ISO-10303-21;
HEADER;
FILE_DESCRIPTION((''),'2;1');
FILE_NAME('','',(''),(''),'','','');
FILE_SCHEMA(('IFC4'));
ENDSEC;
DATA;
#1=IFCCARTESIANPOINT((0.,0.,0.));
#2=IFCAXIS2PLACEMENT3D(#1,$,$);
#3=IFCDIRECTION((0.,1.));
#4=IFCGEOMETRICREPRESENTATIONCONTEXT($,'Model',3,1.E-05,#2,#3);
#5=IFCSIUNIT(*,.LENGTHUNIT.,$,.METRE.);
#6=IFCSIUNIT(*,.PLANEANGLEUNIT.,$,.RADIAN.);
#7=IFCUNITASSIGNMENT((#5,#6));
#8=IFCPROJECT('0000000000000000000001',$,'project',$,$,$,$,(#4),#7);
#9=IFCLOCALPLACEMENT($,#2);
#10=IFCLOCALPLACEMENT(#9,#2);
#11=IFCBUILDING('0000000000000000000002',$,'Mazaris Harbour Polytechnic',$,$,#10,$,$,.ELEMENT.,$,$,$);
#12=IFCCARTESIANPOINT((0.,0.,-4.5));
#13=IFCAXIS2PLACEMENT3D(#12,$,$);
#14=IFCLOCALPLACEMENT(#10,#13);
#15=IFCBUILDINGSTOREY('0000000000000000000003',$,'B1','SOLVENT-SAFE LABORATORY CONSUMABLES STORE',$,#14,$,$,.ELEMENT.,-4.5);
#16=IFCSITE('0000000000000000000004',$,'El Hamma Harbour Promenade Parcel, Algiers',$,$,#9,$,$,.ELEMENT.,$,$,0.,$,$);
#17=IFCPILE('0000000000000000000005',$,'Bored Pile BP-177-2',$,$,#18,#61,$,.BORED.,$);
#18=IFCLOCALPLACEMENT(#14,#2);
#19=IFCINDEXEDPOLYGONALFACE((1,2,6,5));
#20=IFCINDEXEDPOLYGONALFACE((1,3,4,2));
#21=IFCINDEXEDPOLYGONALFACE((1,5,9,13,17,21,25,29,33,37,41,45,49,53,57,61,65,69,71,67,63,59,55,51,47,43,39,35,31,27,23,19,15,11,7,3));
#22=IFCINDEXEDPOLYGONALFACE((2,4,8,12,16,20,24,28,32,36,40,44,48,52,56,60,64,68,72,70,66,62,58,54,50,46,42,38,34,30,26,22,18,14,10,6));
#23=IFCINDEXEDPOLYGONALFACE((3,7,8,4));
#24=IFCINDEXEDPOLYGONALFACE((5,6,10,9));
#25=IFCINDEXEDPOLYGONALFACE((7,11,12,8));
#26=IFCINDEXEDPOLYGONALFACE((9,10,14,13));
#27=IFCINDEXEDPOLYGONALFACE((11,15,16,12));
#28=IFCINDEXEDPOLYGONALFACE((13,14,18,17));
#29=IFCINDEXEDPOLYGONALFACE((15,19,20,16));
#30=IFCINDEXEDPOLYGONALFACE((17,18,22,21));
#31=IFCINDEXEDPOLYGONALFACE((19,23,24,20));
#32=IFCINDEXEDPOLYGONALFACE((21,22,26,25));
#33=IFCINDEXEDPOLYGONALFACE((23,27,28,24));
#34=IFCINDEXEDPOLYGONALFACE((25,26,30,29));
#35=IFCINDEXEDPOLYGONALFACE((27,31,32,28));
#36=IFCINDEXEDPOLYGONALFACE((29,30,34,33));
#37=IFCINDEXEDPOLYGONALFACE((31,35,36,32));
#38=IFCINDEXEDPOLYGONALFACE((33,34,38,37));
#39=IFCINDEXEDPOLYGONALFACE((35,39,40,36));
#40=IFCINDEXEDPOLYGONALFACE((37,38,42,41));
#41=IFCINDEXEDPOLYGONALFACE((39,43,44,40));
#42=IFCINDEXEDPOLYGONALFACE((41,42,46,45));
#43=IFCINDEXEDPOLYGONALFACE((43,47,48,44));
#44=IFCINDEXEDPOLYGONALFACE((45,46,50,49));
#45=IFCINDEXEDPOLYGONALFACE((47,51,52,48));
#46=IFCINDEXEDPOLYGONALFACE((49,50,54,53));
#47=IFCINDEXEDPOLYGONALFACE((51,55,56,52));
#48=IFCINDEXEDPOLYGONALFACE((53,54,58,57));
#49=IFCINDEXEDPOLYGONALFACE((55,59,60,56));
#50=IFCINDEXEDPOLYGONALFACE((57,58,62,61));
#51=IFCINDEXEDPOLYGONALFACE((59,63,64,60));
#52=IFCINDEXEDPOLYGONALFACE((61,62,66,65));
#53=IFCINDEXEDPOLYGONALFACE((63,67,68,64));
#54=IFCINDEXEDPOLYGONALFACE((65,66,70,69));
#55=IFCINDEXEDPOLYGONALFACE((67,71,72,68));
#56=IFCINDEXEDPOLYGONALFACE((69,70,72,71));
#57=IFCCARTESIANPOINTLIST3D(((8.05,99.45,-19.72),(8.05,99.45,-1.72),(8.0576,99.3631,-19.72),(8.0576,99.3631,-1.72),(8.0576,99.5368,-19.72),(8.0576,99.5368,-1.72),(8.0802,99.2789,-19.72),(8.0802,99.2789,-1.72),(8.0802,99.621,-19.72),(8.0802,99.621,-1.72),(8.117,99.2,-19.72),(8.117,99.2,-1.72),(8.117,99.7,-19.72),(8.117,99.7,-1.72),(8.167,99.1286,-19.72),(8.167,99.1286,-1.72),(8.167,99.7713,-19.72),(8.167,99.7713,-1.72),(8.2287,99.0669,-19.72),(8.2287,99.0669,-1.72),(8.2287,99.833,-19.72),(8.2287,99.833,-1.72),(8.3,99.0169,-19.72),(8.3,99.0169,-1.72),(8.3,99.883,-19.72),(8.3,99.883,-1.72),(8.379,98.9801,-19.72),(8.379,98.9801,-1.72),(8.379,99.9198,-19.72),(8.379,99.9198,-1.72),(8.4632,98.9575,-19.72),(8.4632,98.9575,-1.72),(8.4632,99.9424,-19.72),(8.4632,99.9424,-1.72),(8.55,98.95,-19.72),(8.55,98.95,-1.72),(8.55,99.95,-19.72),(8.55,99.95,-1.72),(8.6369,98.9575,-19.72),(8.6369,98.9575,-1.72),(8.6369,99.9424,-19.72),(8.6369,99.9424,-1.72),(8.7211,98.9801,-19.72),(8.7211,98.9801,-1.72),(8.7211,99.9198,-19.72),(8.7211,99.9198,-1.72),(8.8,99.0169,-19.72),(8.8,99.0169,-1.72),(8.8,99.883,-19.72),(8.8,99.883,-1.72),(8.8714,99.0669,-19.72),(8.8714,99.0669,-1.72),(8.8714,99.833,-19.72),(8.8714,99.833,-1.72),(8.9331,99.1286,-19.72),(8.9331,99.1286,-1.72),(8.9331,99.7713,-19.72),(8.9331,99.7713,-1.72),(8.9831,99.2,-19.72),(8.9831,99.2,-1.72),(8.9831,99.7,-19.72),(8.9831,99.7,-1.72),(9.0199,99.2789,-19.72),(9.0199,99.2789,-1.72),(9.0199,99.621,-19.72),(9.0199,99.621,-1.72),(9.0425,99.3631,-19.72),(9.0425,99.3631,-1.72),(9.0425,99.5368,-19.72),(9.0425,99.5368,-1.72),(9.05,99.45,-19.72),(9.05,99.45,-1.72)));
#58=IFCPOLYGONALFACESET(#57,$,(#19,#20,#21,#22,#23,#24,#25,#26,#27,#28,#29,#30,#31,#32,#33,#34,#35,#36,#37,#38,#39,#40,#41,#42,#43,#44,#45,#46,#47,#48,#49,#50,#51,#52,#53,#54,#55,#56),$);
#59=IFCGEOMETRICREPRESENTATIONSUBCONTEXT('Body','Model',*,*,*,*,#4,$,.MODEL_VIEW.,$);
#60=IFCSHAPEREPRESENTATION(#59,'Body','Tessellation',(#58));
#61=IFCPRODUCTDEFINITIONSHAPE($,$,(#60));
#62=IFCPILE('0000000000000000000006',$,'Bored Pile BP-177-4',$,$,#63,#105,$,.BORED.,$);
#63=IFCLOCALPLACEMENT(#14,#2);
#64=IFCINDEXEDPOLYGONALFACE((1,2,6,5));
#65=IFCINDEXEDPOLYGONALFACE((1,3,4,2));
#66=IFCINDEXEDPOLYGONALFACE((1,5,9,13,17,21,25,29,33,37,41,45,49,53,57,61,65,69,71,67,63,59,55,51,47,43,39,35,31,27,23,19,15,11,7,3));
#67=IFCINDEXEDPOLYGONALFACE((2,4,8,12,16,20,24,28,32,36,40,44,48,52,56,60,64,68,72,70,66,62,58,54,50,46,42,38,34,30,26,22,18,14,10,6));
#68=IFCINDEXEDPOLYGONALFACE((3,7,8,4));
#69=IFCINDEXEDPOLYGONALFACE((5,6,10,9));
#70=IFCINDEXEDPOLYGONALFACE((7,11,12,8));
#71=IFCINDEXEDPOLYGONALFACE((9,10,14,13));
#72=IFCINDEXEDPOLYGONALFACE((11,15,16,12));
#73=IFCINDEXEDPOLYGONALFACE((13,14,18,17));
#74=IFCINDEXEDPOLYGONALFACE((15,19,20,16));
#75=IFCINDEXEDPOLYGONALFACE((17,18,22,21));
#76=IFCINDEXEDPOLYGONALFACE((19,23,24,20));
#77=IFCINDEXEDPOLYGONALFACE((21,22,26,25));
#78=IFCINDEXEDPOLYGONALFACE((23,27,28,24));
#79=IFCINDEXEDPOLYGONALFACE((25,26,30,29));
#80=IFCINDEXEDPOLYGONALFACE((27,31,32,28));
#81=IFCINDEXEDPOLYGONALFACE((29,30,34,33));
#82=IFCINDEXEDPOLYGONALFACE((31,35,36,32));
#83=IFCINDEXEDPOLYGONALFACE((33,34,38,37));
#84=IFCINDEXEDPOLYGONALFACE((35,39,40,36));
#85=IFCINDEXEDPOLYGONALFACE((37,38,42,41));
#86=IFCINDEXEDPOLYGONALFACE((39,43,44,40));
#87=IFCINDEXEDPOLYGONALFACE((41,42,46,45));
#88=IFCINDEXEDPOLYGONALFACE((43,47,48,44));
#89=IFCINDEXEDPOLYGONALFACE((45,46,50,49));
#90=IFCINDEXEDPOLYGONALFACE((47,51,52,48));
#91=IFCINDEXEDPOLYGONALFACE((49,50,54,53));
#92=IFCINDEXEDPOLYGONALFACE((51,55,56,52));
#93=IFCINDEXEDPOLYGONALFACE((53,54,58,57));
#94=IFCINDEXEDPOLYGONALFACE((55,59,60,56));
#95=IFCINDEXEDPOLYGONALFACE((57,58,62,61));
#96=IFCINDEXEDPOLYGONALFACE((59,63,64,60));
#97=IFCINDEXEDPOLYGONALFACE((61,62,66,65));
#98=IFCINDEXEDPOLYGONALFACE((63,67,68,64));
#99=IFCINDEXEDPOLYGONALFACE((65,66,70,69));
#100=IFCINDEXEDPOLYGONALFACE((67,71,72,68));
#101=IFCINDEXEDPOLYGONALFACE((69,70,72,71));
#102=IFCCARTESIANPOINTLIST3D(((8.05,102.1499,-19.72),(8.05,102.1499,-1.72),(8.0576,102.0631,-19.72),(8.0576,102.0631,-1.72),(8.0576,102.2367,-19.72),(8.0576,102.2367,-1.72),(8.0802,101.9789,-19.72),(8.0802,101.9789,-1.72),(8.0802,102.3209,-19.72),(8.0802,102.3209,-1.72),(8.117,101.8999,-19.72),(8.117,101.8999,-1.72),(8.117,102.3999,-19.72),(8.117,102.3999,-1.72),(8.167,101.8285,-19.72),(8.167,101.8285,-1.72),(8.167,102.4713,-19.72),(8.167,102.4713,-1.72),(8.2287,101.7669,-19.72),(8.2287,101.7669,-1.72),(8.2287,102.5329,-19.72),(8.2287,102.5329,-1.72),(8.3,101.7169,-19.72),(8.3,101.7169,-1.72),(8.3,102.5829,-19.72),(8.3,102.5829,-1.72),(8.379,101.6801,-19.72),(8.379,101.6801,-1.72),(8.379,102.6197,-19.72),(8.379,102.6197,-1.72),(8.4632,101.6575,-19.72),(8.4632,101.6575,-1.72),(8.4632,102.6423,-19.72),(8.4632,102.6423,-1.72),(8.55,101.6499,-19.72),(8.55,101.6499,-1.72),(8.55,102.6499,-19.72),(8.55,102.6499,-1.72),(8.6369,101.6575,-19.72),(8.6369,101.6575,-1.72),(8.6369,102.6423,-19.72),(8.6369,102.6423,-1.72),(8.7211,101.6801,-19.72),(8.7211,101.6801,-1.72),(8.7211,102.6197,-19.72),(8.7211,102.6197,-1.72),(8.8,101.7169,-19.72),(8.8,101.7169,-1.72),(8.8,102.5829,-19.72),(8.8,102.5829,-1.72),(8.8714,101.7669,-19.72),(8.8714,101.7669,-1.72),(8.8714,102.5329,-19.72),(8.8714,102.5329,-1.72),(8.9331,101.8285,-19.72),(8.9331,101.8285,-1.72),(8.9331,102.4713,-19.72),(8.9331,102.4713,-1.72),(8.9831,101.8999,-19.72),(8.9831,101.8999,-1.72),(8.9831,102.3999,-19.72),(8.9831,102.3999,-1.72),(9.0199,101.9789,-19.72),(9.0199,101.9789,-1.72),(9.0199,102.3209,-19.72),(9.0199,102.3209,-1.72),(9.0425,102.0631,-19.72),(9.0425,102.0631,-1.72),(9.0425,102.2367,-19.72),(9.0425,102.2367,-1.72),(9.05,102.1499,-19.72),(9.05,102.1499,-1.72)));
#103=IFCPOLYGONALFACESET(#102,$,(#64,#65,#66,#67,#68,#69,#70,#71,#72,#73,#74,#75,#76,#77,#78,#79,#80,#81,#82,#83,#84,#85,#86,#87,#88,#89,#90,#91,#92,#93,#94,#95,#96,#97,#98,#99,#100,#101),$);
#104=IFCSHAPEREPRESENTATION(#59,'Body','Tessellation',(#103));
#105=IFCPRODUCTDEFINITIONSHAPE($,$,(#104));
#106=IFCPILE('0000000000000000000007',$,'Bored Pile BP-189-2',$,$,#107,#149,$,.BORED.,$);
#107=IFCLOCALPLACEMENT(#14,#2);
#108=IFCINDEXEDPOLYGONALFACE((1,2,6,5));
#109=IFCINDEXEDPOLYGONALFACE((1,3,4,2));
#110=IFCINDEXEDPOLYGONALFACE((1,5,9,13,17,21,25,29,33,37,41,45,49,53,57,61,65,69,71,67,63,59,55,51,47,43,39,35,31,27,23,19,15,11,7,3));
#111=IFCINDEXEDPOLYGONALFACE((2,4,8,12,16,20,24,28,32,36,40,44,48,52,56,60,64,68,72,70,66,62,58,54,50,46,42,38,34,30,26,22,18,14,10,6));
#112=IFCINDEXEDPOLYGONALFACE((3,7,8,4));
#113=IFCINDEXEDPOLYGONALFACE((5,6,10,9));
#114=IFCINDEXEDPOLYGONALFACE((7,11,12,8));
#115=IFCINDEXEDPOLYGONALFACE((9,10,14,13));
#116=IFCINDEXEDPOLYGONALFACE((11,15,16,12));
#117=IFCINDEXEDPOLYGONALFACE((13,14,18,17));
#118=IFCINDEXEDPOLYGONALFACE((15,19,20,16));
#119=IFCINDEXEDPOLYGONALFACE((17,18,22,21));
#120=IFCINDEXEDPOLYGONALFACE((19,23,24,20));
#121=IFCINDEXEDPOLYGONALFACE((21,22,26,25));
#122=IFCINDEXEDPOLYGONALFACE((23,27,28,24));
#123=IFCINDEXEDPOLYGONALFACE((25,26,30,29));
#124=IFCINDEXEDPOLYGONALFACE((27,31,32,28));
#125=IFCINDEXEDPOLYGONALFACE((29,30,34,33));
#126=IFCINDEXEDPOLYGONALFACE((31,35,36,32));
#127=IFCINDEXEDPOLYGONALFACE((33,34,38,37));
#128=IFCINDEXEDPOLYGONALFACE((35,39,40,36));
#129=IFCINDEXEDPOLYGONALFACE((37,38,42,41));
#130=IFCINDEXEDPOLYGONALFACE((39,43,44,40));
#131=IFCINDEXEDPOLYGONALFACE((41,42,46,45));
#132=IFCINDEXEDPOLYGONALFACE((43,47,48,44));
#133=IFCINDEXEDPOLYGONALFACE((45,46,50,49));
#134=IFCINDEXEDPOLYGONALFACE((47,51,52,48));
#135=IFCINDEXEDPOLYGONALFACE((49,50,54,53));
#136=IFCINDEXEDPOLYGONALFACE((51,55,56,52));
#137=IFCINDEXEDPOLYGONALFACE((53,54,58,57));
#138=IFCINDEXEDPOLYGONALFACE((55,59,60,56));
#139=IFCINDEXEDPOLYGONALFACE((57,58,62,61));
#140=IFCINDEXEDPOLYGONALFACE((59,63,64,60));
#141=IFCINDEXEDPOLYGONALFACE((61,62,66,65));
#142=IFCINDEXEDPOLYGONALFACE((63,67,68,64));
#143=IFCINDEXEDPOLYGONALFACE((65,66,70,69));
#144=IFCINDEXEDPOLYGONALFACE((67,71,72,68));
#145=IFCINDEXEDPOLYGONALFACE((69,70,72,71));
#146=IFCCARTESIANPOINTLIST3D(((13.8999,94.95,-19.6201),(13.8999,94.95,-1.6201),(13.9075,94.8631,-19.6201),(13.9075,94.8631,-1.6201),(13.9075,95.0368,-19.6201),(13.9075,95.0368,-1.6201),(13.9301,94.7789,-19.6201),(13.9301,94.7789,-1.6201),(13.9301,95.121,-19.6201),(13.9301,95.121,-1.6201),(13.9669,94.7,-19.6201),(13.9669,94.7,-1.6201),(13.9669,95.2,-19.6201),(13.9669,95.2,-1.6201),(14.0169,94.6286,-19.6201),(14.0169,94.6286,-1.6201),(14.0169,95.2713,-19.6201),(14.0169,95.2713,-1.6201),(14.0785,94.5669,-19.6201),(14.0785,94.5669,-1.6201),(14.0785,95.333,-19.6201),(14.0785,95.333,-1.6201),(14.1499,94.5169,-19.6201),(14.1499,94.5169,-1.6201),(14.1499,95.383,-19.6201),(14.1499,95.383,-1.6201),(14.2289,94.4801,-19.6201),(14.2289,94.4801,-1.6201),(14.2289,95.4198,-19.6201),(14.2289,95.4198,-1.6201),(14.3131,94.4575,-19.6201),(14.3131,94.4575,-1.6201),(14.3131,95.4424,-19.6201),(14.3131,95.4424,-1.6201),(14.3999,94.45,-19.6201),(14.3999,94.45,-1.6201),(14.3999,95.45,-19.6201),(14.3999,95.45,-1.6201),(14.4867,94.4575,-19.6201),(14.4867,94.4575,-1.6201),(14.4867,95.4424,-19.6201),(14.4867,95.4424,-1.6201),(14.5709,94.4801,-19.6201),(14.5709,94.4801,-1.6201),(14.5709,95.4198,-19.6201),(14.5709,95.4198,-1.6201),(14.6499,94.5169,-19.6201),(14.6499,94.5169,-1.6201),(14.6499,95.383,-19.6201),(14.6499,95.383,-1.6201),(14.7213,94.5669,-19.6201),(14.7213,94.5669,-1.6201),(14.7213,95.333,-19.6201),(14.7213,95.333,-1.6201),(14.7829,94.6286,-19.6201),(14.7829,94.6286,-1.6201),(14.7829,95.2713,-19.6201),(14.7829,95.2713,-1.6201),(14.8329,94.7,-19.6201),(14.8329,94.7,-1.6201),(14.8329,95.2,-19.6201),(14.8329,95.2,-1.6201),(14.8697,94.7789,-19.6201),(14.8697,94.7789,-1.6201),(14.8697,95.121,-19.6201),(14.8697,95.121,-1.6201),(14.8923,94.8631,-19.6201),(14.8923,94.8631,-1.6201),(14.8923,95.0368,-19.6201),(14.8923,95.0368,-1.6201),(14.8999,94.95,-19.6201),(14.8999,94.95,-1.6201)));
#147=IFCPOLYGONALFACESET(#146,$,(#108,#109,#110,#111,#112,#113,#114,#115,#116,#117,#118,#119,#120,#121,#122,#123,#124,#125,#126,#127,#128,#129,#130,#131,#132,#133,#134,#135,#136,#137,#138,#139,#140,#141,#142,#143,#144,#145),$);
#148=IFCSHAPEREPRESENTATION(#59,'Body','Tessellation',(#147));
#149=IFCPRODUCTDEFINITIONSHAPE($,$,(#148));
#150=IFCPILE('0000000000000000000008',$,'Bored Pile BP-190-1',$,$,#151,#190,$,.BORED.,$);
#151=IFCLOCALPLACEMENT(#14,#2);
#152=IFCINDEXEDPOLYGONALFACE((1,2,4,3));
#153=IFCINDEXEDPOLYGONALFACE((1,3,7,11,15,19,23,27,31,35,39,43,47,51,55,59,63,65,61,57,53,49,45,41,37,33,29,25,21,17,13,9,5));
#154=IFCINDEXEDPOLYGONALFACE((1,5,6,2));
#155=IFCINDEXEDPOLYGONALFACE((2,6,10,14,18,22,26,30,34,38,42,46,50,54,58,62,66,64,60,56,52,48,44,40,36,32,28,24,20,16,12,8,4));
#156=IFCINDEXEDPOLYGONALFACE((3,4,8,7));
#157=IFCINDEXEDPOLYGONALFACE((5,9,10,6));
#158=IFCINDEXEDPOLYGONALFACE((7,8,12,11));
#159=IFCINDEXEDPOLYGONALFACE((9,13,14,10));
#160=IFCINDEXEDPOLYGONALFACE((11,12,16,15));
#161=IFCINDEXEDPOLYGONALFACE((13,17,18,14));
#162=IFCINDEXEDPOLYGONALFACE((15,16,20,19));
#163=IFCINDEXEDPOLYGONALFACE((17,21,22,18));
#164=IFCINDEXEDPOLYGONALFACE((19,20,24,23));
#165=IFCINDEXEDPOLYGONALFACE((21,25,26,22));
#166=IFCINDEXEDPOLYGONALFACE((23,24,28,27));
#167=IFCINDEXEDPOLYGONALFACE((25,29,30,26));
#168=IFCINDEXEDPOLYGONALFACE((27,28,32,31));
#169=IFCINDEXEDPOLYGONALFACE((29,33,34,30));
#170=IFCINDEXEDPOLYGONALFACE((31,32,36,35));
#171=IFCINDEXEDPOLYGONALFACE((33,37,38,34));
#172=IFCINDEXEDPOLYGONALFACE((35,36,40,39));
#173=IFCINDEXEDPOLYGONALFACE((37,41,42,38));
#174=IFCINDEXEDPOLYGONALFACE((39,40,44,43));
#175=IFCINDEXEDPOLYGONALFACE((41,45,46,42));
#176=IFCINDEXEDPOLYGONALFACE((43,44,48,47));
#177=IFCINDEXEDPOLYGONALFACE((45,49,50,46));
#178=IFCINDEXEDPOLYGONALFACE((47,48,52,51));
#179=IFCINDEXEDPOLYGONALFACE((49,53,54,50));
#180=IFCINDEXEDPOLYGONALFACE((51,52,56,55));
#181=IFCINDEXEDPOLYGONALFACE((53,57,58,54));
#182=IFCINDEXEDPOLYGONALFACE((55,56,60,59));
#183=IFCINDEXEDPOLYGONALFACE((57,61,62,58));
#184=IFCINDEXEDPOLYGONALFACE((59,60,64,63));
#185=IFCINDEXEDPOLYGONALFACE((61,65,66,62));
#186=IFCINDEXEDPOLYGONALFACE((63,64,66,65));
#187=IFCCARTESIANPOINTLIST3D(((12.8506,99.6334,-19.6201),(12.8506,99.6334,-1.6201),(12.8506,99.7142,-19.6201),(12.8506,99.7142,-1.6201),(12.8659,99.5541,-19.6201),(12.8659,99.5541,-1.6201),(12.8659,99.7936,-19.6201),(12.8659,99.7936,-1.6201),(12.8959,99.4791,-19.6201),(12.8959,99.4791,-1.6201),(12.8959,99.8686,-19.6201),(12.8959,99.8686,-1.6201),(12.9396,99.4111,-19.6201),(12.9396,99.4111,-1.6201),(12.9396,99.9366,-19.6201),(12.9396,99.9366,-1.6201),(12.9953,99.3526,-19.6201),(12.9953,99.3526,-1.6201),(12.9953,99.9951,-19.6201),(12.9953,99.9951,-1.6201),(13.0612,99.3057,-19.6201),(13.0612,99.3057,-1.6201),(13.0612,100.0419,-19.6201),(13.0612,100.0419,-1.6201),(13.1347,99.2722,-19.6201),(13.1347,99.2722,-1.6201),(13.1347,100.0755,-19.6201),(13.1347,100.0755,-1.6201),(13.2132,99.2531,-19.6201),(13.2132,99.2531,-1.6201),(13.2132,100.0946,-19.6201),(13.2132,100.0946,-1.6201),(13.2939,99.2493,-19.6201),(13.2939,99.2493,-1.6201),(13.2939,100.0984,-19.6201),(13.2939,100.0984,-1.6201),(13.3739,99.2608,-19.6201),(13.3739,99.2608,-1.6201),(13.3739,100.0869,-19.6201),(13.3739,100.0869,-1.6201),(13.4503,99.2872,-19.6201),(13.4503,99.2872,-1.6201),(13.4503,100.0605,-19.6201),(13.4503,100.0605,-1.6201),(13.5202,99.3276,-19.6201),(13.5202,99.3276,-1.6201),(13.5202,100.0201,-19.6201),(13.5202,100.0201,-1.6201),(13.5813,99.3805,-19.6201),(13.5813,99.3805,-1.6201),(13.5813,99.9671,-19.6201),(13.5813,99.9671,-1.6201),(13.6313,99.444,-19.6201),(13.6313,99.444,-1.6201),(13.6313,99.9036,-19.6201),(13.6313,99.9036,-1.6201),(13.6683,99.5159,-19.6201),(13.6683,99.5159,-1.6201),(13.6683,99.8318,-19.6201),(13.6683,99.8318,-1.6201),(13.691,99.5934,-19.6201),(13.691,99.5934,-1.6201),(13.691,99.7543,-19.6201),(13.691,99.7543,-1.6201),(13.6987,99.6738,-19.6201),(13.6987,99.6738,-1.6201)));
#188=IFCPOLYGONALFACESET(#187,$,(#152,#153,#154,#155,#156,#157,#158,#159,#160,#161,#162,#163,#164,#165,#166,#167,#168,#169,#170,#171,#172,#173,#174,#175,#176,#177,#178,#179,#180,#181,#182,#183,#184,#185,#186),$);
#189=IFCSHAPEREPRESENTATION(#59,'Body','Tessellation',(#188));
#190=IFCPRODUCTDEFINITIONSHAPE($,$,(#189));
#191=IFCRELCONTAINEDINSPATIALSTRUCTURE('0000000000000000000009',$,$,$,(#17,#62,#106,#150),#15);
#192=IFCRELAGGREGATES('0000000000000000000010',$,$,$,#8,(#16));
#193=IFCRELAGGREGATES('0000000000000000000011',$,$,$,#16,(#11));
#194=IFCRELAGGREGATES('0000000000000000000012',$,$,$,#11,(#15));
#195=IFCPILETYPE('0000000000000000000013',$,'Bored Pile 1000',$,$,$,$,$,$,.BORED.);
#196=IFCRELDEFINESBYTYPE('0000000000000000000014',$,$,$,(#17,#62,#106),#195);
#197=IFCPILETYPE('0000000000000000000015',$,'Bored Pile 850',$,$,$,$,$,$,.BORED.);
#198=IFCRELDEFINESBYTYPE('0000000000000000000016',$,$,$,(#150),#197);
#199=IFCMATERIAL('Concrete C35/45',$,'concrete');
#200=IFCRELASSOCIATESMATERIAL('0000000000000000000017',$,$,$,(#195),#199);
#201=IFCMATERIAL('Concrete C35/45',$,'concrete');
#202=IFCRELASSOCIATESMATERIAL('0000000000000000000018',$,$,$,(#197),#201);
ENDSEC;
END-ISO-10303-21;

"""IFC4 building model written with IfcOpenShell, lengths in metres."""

from ifc_helpers import new_model, si_unit, direction, frame, origin, origin_2d, place, context, subcontext, project, spatial, circle, extrude, material, material_profile, profile_set, type_object, element, save


model = new_model("IFC4")

# Units and contexts
model_context = context("Model", 3, precision=1e-05, world=origin(), true_north=direction((0.0, 1.0)))
body_context = subcontext(model_context, "Body", "Model", "MODEL_VIEW")
ifc_project = project(units=[si_unit("LENGTHUNIT", "METRE"), si_unit("PLANEANGLEUNIT", "RADIAN")], contexts=[model_context])

# Site, building, storey
site_placement = place(None, origin())
site = spatial("IfcSite", under=ifc_project, at=site_placement, Name="El Hamma Harbour Promenade Parcel, Algiers", CompositionType="ELEMENT", RefElevation=0.0)
building_placement = place(site_placement, origin())
building = spatial("IfcBuilding", under=site, at=building_placement, Name="Mazaris Harbour Polytechnic", CompositionType="ELEMENT")
storey_placement = place(building_placement, frame((0.0, 0.0, -4.5)))
storey = spatial("IfcBuildingStorey", under=building, at=storey_placement, Name="B1", Description="SOLVENT-SAFE LABORATORY CONSUMABLES STORE", CompositionType="ELEMENT", Elevation=-4.5)

# Piles
ifc_material_1 = material(Name="Concrete C35/45", Category="concrete")
ifc_material_profile_1 = material_profile(ifc_material_1, circle(Radius=0.5, at=origin_2d()), Name="DIA1000")
ifc_profile_set_1 = profile_set([ifc_material_profile_1], Name="Concrete C35/45")
pile_type_1 = type_object("IfcPileType", Name="Bored Pile 1000", PredefinedType="BORED", material=ifc_profile_set_1)
for number, where, z_axis, x_axis, name in (
    (1, (8.55, 99.45, -1.72), (0.0, 0.0, -1.0), (1.0, 0.0, 0.0), "Bored Pile BP-177-2"),
    (2, (8.55, 102.1499, -1.72), (0.0, 0.0, -1.0), (1.0, 0.0, 0.0), "Bored Pile BP-177-4"),
    (3, (14.3999, 94.95, -1.6201), (0.0, 0.0, -1.0), (1.0, 0.0, 0.0), "Bored Pile BP-189-2"),
):
    element("IfcPile", number, at=place(storey_placement, frame(where, z_axis=z_axis, x_axis=x_axis)), inside=storey, type_object=pile_type_1, Name=name, PredefinedType="BORED", context=body_context, shape_type="SweptSolid", body=[
        extrude(circle(Radius=0.5, at=origin_2d()), origin(), (0.0, 0.0, 1.0), 18.0),
    ])
ifc_material_2 = material(Name="Concrete C35/45", Category="concrete")
ifc_material_profile_2 = material_profile(ifc_material_2, circle(Radius=0.425, at=origin_2d()), Name="DIA850")
ifc_profile_set_2 = profile_set([ifc_material_profile_2], Name="Concrete C35/45")
pile_type_2 = type_object("IfcPileType", Name="Bored Pile 850", PredefinedType="BORED", material=ifc_profile_set_2)
for number, where, z_axis, x_axis, name in (
    (4, (13.2737, 99.6738, -1.6201), (0.0, 0.0, -1.0), (1.0, 0.0, 0.0), "Bored Pile BP-190-1"),
):
    element("IfcPile", number, at=place(storey_placement, frame(where, z_axis=z_axis, x_axis=x_axis)), inside=storey, type_object=pile_type_2, Name=name, PredefinedType="BORED", context=body_context, shape_type="SweptSolid", body=[
        extrude(circle(Radius=0.425, at=origin_2d()), origin(), (0.0, 0.0, 1.0), 18.0),
    ])

save(model, "model.ifc")
